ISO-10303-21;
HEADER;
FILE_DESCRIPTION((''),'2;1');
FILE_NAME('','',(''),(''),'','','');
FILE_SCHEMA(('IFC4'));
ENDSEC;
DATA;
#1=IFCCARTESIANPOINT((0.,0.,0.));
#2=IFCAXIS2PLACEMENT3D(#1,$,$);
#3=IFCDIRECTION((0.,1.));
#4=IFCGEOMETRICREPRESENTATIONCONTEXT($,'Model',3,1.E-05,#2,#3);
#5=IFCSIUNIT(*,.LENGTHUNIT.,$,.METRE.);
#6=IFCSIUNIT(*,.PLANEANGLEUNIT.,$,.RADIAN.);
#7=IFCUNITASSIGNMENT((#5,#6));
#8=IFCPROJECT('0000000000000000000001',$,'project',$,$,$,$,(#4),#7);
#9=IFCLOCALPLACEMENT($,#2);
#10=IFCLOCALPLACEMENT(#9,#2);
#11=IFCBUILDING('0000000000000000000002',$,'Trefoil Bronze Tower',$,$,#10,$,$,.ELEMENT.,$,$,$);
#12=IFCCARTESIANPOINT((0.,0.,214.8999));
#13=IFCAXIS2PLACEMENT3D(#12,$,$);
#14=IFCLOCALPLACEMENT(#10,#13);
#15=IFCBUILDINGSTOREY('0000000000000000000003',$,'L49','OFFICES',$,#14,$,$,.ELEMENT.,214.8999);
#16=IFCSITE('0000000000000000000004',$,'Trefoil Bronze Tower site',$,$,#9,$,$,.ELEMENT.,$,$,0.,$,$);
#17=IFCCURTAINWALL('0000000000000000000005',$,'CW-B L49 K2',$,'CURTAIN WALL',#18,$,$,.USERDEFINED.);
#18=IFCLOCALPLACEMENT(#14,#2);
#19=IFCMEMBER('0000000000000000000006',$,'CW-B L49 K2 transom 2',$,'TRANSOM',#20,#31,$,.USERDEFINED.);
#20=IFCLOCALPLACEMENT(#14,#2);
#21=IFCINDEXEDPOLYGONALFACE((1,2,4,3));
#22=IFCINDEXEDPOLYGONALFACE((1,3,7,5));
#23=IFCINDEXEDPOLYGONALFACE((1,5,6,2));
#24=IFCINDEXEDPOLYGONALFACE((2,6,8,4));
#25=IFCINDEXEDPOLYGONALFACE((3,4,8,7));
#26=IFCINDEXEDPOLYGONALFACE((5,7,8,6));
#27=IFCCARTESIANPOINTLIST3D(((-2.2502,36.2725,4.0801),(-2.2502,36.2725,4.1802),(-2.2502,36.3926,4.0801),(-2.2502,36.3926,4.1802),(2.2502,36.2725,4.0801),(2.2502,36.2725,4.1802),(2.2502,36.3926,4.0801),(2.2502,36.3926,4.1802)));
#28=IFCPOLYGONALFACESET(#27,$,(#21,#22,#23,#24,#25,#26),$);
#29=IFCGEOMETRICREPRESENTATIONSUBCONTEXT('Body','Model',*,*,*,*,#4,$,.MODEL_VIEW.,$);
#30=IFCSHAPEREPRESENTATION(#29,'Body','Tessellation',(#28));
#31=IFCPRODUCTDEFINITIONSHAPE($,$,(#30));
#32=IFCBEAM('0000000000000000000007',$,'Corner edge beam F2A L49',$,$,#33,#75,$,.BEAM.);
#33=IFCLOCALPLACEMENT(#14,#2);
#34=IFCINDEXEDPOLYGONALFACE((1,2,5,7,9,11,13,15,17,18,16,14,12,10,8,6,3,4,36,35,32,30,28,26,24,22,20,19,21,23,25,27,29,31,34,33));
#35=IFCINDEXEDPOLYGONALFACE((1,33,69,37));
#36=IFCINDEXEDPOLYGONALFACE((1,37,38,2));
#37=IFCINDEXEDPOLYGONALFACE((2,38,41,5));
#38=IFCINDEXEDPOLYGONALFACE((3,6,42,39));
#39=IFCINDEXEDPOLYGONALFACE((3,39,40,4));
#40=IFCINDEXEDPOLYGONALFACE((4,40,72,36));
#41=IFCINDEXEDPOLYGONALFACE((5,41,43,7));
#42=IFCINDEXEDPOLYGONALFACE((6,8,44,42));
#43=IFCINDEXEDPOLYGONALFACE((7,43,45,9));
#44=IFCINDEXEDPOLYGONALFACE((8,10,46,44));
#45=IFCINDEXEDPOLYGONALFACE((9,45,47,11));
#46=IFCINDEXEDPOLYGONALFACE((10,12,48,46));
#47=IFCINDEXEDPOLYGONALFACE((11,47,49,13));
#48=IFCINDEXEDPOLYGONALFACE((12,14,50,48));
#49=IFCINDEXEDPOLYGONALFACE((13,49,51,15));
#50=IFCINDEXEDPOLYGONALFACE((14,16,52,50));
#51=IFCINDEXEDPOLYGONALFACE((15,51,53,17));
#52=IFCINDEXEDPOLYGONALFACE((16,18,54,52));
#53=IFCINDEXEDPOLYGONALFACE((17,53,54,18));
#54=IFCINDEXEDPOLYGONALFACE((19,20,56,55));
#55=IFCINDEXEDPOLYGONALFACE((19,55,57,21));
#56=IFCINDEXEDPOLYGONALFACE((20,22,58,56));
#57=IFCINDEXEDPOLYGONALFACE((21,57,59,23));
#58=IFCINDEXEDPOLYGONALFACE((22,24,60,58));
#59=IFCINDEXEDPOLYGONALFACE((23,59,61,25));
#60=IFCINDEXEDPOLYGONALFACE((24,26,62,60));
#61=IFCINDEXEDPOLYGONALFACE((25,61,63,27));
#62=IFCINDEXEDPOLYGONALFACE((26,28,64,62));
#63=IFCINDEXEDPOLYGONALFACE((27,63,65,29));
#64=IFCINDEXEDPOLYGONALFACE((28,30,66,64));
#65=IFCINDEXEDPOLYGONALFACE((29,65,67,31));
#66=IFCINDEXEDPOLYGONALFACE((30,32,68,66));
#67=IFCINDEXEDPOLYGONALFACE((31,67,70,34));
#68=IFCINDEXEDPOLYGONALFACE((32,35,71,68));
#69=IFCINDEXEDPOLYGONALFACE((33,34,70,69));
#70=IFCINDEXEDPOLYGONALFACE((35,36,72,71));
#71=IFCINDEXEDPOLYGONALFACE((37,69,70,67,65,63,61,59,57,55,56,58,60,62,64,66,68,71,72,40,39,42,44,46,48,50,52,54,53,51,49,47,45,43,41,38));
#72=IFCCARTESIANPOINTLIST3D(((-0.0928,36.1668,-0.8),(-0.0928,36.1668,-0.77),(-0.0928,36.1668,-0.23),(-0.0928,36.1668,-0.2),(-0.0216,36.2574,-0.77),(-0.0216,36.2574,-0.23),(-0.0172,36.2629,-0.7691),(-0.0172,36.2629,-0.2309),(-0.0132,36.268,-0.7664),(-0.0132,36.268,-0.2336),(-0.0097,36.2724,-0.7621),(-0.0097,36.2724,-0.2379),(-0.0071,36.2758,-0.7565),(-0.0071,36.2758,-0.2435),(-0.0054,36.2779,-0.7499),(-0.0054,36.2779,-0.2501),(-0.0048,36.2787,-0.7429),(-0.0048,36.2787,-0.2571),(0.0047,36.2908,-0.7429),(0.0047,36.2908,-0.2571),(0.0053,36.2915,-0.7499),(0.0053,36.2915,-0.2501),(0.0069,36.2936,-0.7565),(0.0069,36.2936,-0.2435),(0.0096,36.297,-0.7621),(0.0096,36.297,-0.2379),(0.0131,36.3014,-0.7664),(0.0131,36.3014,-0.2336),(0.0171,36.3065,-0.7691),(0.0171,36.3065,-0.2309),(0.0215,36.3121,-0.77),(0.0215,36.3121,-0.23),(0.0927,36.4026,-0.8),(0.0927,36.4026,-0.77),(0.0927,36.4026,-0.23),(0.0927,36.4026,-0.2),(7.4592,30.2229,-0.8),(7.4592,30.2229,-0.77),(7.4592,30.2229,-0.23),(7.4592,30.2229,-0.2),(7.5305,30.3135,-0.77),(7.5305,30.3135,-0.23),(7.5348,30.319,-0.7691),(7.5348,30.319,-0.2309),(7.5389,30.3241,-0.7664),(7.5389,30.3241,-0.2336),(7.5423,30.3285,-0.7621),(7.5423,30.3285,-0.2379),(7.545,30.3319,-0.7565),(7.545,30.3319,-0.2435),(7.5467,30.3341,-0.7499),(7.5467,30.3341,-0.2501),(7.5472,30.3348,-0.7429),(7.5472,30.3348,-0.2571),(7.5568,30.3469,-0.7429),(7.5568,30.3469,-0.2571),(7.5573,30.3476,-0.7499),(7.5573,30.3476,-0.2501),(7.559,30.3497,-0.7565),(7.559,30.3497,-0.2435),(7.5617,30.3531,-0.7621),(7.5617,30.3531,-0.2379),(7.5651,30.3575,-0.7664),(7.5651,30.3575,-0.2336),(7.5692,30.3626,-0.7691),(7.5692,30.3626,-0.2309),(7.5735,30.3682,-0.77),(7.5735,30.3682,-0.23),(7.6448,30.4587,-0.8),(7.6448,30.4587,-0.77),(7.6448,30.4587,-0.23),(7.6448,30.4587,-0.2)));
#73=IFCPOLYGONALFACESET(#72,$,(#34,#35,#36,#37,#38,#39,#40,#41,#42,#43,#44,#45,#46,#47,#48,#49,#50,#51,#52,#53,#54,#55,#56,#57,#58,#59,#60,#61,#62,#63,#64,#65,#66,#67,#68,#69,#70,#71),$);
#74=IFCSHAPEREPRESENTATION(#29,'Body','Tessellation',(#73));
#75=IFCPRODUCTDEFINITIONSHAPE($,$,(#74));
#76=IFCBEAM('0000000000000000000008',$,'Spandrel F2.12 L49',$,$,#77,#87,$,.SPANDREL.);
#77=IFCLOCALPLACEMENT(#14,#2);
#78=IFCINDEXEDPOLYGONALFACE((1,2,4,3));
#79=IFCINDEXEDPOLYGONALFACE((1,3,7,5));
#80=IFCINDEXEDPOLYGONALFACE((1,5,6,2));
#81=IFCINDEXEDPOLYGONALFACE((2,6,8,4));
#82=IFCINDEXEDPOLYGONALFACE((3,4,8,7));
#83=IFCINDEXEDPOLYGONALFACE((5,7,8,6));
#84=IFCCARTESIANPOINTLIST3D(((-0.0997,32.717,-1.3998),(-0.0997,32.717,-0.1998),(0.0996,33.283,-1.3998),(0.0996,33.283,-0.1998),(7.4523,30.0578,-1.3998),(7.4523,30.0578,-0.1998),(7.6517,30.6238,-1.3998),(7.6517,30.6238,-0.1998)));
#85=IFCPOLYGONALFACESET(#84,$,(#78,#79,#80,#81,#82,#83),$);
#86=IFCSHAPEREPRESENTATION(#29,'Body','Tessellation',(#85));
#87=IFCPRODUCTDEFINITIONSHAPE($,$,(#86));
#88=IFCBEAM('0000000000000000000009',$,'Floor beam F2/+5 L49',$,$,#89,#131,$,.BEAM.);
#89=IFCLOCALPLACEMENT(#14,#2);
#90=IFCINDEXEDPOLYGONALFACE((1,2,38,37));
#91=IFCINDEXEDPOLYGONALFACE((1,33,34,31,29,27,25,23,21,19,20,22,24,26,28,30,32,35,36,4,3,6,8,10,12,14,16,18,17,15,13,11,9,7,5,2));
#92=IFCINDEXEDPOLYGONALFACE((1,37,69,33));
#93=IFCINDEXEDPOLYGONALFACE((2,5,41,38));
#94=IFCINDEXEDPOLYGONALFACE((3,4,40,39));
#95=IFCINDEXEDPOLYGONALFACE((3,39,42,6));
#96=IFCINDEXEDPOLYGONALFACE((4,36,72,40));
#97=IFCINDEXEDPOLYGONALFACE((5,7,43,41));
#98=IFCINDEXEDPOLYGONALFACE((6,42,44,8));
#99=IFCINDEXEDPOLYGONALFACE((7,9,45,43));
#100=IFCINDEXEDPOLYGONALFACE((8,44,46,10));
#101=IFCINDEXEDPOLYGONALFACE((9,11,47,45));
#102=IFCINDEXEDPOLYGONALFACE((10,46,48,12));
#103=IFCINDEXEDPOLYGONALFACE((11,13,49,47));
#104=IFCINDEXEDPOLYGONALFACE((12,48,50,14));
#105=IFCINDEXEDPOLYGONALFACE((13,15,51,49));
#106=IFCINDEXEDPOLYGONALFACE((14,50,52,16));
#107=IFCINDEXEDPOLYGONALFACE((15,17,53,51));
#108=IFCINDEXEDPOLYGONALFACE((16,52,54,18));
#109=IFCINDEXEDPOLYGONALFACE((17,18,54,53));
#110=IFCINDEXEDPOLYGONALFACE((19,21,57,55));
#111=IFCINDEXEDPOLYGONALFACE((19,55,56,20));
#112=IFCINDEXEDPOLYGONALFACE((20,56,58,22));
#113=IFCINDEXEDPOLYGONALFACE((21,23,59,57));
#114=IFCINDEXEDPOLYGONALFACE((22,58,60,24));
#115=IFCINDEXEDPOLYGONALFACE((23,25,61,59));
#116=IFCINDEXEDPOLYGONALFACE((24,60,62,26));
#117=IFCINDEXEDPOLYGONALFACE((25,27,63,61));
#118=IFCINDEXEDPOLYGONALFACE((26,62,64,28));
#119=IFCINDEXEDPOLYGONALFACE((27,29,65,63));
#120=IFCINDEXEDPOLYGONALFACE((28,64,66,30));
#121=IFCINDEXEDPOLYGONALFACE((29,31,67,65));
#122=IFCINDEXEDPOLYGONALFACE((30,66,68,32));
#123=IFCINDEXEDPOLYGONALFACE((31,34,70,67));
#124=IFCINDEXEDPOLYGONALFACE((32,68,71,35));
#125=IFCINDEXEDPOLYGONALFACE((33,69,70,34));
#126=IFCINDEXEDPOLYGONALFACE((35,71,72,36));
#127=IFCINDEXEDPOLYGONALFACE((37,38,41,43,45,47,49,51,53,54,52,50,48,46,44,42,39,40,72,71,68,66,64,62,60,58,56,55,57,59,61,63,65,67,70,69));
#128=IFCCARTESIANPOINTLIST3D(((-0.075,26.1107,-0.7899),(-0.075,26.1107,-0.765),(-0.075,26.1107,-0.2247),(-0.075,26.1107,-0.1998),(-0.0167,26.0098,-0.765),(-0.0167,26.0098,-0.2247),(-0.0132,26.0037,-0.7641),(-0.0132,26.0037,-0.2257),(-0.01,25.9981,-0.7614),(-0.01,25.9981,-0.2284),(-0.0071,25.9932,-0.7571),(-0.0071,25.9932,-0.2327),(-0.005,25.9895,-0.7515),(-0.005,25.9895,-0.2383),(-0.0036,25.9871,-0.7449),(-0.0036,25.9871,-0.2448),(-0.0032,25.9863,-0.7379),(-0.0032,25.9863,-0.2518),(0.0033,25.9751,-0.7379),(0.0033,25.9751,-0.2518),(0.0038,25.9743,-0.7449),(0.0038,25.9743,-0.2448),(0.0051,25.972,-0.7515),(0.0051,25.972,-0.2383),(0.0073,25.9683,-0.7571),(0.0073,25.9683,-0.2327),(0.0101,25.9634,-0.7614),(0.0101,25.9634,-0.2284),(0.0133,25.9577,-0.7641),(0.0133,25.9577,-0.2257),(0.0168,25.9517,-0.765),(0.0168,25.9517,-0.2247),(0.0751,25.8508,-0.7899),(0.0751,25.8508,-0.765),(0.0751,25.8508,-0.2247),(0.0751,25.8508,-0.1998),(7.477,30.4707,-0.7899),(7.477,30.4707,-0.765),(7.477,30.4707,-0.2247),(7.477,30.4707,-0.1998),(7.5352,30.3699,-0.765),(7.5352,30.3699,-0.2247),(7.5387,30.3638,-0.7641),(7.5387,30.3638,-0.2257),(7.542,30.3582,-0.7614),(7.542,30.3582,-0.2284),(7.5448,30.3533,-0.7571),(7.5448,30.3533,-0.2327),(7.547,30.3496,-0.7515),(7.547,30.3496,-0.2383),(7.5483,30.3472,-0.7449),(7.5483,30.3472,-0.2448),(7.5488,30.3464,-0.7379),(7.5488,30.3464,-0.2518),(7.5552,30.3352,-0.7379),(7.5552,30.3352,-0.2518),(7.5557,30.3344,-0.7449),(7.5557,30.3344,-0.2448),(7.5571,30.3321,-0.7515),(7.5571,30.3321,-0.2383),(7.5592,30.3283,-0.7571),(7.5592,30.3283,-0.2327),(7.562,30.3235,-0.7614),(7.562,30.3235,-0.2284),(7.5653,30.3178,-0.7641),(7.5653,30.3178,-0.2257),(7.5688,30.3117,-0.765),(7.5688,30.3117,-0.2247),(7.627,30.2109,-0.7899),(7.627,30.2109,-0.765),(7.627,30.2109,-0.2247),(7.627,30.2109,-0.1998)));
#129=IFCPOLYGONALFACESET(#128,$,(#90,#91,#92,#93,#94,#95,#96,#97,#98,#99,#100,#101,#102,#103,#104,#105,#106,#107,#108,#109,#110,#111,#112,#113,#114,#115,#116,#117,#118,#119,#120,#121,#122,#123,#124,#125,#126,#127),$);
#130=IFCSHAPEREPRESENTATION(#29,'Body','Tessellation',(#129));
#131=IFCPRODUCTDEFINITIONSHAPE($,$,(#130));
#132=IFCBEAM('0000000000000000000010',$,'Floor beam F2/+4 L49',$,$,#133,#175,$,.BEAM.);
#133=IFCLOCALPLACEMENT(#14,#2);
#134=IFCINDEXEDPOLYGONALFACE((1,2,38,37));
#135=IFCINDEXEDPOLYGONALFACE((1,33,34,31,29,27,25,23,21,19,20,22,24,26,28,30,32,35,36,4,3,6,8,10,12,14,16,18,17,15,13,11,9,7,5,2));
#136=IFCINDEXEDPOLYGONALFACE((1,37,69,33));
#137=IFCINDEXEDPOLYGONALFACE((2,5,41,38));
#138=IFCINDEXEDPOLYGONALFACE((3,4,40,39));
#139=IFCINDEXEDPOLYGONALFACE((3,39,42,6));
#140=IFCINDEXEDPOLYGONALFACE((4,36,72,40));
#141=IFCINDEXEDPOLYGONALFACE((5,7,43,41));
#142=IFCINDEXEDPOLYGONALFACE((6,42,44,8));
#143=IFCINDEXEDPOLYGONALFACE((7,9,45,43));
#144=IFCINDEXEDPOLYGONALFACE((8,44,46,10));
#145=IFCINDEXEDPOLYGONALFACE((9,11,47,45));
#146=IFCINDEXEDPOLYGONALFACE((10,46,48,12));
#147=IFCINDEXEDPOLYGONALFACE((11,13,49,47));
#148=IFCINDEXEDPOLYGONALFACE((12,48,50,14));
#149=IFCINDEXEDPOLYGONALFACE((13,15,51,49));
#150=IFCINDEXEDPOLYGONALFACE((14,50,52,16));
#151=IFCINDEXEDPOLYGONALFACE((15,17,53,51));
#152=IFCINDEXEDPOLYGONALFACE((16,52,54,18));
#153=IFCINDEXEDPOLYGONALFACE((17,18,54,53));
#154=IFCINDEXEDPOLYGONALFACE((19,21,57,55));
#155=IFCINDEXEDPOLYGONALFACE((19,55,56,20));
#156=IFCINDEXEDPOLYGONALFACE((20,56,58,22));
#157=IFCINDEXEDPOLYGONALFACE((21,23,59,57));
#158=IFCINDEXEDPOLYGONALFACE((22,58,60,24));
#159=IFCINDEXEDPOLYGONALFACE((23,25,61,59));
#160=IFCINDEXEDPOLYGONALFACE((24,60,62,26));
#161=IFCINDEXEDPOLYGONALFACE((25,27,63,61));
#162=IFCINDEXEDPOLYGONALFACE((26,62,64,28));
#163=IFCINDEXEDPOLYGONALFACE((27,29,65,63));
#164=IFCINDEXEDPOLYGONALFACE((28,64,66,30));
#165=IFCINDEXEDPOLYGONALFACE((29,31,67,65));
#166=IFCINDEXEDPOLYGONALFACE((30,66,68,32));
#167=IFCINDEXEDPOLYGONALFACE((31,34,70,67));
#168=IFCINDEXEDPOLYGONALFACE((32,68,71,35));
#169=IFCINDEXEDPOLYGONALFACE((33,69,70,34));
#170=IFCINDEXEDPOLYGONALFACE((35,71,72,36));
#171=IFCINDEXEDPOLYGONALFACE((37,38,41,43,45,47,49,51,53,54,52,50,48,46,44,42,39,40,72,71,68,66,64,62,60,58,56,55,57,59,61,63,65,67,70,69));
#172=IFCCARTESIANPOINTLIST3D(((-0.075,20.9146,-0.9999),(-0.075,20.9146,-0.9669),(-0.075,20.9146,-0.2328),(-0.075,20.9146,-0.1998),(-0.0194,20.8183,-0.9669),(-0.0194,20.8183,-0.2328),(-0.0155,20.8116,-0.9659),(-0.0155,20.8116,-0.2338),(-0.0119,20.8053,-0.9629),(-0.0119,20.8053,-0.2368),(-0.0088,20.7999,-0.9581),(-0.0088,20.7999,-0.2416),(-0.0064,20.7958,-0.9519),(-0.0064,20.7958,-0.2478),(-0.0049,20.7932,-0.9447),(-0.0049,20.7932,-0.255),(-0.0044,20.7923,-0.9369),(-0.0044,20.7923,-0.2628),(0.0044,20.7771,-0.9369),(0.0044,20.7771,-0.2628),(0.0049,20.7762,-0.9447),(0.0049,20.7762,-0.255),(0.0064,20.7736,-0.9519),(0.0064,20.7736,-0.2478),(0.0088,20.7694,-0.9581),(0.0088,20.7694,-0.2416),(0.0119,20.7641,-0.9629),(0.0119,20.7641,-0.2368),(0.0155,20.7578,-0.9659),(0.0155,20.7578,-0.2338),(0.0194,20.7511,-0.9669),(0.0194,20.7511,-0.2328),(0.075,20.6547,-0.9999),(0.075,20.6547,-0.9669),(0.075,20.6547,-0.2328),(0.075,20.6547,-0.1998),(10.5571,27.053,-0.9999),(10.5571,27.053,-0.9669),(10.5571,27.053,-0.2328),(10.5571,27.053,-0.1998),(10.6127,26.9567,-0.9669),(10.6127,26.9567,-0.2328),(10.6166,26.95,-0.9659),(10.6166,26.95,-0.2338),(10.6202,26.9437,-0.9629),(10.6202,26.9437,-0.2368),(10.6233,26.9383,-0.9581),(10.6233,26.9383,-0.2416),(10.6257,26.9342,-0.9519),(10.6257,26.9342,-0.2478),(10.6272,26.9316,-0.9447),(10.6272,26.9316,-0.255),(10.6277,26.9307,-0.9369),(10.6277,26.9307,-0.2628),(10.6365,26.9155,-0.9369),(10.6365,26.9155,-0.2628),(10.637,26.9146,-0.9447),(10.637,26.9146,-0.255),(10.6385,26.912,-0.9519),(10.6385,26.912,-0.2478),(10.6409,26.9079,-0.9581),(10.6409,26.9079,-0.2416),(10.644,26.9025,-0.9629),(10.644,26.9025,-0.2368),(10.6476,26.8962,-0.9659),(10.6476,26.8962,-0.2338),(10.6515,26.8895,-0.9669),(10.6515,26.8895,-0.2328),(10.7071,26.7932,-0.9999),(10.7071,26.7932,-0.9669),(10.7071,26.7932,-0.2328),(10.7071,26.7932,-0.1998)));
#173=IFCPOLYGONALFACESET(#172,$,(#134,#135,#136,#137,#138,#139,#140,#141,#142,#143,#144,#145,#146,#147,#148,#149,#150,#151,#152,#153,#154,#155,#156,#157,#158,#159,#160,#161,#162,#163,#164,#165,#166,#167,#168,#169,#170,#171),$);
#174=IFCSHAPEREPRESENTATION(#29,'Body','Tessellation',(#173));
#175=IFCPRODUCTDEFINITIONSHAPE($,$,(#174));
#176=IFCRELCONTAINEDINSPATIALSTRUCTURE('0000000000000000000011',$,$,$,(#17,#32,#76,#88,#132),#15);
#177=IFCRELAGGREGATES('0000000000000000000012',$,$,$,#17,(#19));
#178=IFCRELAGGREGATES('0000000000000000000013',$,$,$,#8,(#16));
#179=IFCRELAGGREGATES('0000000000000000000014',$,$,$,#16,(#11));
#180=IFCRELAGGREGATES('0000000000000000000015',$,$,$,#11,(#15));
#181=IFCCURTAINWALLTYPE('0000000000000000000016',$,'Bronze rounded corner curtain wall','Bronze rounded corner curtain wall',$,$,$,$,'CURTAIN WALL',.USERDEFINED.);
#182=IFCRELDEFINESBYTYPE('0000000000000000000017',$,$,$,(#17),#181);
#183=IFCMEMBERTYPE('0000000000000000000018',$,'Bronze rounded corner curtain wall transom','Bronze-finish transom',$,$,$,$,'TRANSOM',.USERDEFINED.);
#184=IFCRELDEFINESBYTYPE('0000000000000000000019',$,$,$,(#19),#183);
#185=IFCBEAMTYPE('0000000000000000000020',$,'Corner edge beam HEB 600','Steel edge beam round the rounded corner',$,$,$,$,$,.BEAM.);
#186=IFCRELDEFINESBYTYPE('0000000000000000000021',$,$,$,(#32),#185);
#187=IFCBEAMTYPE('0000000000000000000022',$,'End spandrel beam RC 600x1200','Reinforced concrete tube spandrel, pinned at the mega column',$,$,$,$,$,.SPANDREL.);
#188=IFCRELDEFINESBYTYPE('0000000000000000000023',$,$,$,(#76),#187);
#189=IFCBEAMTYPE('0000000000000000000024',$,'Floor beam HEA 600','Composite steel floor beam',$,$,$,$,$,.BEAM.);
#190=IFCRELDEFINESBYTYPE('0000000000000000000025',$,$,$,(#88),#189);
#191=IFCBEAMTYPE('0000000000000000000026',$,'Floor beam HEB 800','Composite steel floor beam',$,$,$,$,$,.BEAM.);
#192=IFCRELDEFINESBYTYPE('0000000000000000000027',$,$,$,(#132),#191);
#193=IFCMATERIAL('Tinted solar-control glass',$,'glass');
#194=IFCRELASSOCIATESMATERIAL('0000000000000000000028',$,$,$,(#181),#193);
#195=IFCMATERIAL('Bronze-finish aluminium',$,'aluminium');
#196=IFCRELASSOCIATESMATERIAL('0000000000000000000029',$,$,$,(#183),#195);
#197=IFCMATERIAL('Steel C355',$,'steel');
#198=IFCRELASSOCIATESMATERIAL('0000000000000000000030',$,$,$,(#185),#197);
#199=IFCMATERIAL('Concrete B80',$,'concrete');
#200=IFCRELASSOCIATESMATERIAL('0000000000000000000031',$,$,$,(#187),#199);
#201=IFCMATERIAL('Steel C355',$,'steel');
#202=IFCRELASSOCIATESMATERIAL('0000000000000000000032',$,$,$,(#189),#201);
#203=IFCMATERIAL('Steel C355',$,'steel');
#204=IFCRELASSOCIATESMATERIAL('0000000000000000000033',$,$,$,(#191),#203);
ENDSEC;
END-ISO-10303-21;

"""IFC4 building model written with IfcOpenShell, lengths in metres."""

from ifc_helpers import new_model, si_unit, direction, frame, origin, origin_2d, place, context, subcontext, project, spatial, rectangle, i_section, extrude, material, material_profile, profile_set, type_object, element, aggregate, save


model = new_model("IFC4")

# Units and contexts
model_context = context("Model", 3, precision=1e-05, world=origin(), true_north=direction((0.0, 1.0)))
body_context = subcontext(model_context, "Body", "Model", "MODEL_VIEW")
ifc_project = project(units=[si_unit("LENGTHUNIT", "METRE"), si_unit("PLANEANGLEUNIT", "RADIAN")], contexts=[model_context])

# Site, building, storey
site_placement = place(None, origin())
site = spatial("IfcSite", under=ifc_project, at=site_placement, Name="Trefoil Bronze Tower site", CompositionType="ELEMENT", RefElevation=0.0)
building_placement = place(site_placement, origin())
building = spatial("IfcBuilding", under=site, at=building_placement, Name="Trefoil Bronze Tower", CompositionType="ELEMENT")
storey_placement = place(building_placement, frame((0.0, 0.0, 214.8999)))
storey = spatial("IfcBuildingStorey", under=building, at=storey_placement, Name="L49", Description="OFFICES", CompositionType="ELEMENT", Elevation=214.8999)

# Curtain wall, member
ifc_material_1 = material(Name="Tinted solar-control glass", Category="glass")
curtain_wall_type_1 = type_object("IfcCurtainWallType", Name="Bronze rounded corner curtain wall", Description="Bronze rounded corner curtain wall", ElementType="CURTAIN WALL", PredefinedType="USERDEFINED", material=ifc_material_1)
curtain_wall_1_placement = place(storey_placement, origin())
curtain_wall_1 = element("IfcCurtainWall", 1, at=curtain_wall_1_placement, inside=storey, type_object=curtain_wall_type_1, Name="CW-B L49 K2", ObjectType="CURTAIN WALL", PredefinedType="USERDEFINED")
ifc_material_2 = material(Name="Bronze-finish aluminium", Category="aluminium")
ifc_material_profile_1 = material_profile(ifc_material_2, rectangle(XDim=0.1201, YDim=0.1001, at=origin_2d()), Name="CW-B transom")
ifc_profile_set_1 = profile_set([ifc_material_profile_1], Name="Bronze-finish aluminium")
member_type_1 = type_object("IfcMemberType", Name="Bronze rounded corner curtain wall transom", Description="Bronze-finish transom", ElementType="TRANSOM", PredefinedType="USERDEFINED", material=ifc_profile_set_1)
member_1_placement = place(storey_placement, frame((2.2502, 36.3325, 4.1301), z_axis=(-1.0, 0.0, 0.0), x_axis=(0.0, -1.0, 0.0)))
member_1 = element("IfcMember", 2, at=member_1_placement, type_object=member_type_1, Name="CW-B L49 K2 transom 2", ObjectType="TRANSOM", PredefinedType="USERDEFINED", context=body_context, shape_type="SweptSolid", body=[
    extrude(rectangle(XDim=0.1201, YDim=0.1001, at=origin_2d()), origin(), (0.0, 0.0, 1.0), 4.5005),
])

# Beams
ifc_material_3 = material(Name="Steel C355", Category="steel")
ifc_material_profile_2 = material_profile(ifc_material_3, i_section(OverallWidth=0.3, OverallDepth=0.6001, WebThickness=0.0154, FlangeThickness=0.03, FilletRadius=0.0271, at=origin_2d()), Name="HEB 600")
ifc_profile_set_2 = profile_set([ifc_material_profile_2], Name="Steel C355")
beam_type_1 = type_object("IfcBeamType", Name="Corner edge beam HEB 600", Description="Steel edge beam round the rounded corner", PredefinedType="BEAM", material=ifc_profile_set_2)
beam_1_placement = place(storey_placement, frame((7.552, 30.3408, -0.5), z_axis=(-0.785806, 0.618473, 0.0), x_axis=(-0.618473, -0.785806, 0.0)))
element("IfcBeam", 3, at=beam_1_placement, inside=storey, type_object=beam_type_1, Name="Corner edge beam F2A L49", PredefinedType="BEAM", context=body_context, shape_type="SweptSolid", body=[
    extrude(i_section(OverallWidth=0.3, OverallDepth=0.6001, WebThickness=0.0154, FlangeThickness=0.03, FilletRadius=0.0271, at=origin_2d()), origin(), (0.0, 0.0, 1.0), 9.6106),
])
ifc_material_4 = material(Name="Concrete B80", Category="concrete")
ifc_material_profile_3 = material_profile(ifc_material_4, rectangle(XDim=0.6001, YDim=1.2, at=origin_2d()), Name="RC 600x1200")
ifc_profile_set_3 = profile_set([ifc_material_profile_3], Name="Concrete B80")
beam_type_2 = type_object("IfcBeamType", Name="End spandrel beam RC 600x1200", Description="Reinforced concrete tube spandrel, pinned at the mega column", PredefinedType="SPANDREL", material=ifc_profile_set_3)
beam_2_placement = place(storey_placement, frame((7.552, 30.3408, -0.7998), z_axis=(-0.943234, 0.332128, 0.0), x_axis=(-0.332128, -0.943234, 0.0)))
element("IfcBeam", 4, at=beam_2_placement, inside=storey, type_object=beam_type_2, Name="Spandrel F2.12 L49", PredefinedType="SPANDREL", context=body_context, shape_type="SweptSolid", body=[
    extrude(rectangle(XDim=0.6001, YDim=1.2, at=origin_2d()), origin(), (0.0, 0.0, 1.0), 8.0066),
])
ifc_material_5 = material(Name="Steel C355", Category="steel")
ifc_material_profile_4 = material_profile(ifc_material_5, i_section(OverallWidth=0.3, OverallDepth=0.5901, WebThickness=0.0129, FlangeThickness=0.0249, FilletRadius=0.0271, at=origin_2d()), Name="HEA 600")
ifc_profile_set_4 = profile_set([ifc_material_profile_4], Name="Steel C355")
beam_type_3 = type_object("IfcBeamType", Name="Floor beam HEA 600", Description="Composite steel floor beam", PredefinedType="BEAM", material=ifc_profile_set_4)
beam_3_placement = place(storey_placement, frame((7.552, 30.3408, -0.4949), z_axis=(-0.866028, -0.499996, 0.0), x_axis=(0.499996, -0.866028, 0.0)))
element("IfcBeam", 5, at=beam_3_placement, inside=storey, type_object=beam_type_3, Name="Floor beam F2/+5 L49", PredefinedType="BEAM", context=body_context, shape_type="SweptSolid", body=[
    extrude(i_section(OverallWidth=0.3, OverallDepth=0.5901, WebThickness=0.0129, FlangeThickness=0.0249, FilletRadius=0.0271, at=origin_2d()), origin(), (0.0, 0.0, 1.0), 8.7202),
])
ifc_material_6 = material(Name="Steel C355", Category="steel")
ifc_material_profile_5 = material_profile(ifc_material_6, i_section(OverallWidth=0.3, OverallDepth=0.8, WebThickness=0.0176, FlangeThickness=0.033, FilletRadius=0.03, at=origin_2d()), Name="HEB 800")
ifc_profile_set_5 = profile_set([ifc_material_profile_5], Name="Steel C355")
beam_type_4 = type_object("IfcBeamType", Name="Floor beam HEB 800", Description="Composite steel floor beam", PredefinedType="BEAM", material=ifc_profile_set_5)
beam_4_placement = place(storey_placement, frame((10.6321, 26.9231, -0.5999), z_axis=(-0.866026, -0.5, 0.0), x_axis=(0.5, -0.866026, 0.0)))
element("IfcBeam", 6, at=beam_4_placement, inside=storey, type_object=beam_type_4, Name="Floor beam F2/+4 L49", PredefinedType="BEAM", context=body_context, shape_type="SweptSolid", body=[
    extrude(i_section(OverallWidth=0.3, OverallDepth=0.8, WebThickness=0.0176, FlangeThickness=0.033, FilletRadius=0.03, at=origin_2d()), origin(), (0.0, 0.0, 1.0), 12.2769),
])

aggregate(curtain_wall_1, [member_1])

save(model, "model.ifc")
